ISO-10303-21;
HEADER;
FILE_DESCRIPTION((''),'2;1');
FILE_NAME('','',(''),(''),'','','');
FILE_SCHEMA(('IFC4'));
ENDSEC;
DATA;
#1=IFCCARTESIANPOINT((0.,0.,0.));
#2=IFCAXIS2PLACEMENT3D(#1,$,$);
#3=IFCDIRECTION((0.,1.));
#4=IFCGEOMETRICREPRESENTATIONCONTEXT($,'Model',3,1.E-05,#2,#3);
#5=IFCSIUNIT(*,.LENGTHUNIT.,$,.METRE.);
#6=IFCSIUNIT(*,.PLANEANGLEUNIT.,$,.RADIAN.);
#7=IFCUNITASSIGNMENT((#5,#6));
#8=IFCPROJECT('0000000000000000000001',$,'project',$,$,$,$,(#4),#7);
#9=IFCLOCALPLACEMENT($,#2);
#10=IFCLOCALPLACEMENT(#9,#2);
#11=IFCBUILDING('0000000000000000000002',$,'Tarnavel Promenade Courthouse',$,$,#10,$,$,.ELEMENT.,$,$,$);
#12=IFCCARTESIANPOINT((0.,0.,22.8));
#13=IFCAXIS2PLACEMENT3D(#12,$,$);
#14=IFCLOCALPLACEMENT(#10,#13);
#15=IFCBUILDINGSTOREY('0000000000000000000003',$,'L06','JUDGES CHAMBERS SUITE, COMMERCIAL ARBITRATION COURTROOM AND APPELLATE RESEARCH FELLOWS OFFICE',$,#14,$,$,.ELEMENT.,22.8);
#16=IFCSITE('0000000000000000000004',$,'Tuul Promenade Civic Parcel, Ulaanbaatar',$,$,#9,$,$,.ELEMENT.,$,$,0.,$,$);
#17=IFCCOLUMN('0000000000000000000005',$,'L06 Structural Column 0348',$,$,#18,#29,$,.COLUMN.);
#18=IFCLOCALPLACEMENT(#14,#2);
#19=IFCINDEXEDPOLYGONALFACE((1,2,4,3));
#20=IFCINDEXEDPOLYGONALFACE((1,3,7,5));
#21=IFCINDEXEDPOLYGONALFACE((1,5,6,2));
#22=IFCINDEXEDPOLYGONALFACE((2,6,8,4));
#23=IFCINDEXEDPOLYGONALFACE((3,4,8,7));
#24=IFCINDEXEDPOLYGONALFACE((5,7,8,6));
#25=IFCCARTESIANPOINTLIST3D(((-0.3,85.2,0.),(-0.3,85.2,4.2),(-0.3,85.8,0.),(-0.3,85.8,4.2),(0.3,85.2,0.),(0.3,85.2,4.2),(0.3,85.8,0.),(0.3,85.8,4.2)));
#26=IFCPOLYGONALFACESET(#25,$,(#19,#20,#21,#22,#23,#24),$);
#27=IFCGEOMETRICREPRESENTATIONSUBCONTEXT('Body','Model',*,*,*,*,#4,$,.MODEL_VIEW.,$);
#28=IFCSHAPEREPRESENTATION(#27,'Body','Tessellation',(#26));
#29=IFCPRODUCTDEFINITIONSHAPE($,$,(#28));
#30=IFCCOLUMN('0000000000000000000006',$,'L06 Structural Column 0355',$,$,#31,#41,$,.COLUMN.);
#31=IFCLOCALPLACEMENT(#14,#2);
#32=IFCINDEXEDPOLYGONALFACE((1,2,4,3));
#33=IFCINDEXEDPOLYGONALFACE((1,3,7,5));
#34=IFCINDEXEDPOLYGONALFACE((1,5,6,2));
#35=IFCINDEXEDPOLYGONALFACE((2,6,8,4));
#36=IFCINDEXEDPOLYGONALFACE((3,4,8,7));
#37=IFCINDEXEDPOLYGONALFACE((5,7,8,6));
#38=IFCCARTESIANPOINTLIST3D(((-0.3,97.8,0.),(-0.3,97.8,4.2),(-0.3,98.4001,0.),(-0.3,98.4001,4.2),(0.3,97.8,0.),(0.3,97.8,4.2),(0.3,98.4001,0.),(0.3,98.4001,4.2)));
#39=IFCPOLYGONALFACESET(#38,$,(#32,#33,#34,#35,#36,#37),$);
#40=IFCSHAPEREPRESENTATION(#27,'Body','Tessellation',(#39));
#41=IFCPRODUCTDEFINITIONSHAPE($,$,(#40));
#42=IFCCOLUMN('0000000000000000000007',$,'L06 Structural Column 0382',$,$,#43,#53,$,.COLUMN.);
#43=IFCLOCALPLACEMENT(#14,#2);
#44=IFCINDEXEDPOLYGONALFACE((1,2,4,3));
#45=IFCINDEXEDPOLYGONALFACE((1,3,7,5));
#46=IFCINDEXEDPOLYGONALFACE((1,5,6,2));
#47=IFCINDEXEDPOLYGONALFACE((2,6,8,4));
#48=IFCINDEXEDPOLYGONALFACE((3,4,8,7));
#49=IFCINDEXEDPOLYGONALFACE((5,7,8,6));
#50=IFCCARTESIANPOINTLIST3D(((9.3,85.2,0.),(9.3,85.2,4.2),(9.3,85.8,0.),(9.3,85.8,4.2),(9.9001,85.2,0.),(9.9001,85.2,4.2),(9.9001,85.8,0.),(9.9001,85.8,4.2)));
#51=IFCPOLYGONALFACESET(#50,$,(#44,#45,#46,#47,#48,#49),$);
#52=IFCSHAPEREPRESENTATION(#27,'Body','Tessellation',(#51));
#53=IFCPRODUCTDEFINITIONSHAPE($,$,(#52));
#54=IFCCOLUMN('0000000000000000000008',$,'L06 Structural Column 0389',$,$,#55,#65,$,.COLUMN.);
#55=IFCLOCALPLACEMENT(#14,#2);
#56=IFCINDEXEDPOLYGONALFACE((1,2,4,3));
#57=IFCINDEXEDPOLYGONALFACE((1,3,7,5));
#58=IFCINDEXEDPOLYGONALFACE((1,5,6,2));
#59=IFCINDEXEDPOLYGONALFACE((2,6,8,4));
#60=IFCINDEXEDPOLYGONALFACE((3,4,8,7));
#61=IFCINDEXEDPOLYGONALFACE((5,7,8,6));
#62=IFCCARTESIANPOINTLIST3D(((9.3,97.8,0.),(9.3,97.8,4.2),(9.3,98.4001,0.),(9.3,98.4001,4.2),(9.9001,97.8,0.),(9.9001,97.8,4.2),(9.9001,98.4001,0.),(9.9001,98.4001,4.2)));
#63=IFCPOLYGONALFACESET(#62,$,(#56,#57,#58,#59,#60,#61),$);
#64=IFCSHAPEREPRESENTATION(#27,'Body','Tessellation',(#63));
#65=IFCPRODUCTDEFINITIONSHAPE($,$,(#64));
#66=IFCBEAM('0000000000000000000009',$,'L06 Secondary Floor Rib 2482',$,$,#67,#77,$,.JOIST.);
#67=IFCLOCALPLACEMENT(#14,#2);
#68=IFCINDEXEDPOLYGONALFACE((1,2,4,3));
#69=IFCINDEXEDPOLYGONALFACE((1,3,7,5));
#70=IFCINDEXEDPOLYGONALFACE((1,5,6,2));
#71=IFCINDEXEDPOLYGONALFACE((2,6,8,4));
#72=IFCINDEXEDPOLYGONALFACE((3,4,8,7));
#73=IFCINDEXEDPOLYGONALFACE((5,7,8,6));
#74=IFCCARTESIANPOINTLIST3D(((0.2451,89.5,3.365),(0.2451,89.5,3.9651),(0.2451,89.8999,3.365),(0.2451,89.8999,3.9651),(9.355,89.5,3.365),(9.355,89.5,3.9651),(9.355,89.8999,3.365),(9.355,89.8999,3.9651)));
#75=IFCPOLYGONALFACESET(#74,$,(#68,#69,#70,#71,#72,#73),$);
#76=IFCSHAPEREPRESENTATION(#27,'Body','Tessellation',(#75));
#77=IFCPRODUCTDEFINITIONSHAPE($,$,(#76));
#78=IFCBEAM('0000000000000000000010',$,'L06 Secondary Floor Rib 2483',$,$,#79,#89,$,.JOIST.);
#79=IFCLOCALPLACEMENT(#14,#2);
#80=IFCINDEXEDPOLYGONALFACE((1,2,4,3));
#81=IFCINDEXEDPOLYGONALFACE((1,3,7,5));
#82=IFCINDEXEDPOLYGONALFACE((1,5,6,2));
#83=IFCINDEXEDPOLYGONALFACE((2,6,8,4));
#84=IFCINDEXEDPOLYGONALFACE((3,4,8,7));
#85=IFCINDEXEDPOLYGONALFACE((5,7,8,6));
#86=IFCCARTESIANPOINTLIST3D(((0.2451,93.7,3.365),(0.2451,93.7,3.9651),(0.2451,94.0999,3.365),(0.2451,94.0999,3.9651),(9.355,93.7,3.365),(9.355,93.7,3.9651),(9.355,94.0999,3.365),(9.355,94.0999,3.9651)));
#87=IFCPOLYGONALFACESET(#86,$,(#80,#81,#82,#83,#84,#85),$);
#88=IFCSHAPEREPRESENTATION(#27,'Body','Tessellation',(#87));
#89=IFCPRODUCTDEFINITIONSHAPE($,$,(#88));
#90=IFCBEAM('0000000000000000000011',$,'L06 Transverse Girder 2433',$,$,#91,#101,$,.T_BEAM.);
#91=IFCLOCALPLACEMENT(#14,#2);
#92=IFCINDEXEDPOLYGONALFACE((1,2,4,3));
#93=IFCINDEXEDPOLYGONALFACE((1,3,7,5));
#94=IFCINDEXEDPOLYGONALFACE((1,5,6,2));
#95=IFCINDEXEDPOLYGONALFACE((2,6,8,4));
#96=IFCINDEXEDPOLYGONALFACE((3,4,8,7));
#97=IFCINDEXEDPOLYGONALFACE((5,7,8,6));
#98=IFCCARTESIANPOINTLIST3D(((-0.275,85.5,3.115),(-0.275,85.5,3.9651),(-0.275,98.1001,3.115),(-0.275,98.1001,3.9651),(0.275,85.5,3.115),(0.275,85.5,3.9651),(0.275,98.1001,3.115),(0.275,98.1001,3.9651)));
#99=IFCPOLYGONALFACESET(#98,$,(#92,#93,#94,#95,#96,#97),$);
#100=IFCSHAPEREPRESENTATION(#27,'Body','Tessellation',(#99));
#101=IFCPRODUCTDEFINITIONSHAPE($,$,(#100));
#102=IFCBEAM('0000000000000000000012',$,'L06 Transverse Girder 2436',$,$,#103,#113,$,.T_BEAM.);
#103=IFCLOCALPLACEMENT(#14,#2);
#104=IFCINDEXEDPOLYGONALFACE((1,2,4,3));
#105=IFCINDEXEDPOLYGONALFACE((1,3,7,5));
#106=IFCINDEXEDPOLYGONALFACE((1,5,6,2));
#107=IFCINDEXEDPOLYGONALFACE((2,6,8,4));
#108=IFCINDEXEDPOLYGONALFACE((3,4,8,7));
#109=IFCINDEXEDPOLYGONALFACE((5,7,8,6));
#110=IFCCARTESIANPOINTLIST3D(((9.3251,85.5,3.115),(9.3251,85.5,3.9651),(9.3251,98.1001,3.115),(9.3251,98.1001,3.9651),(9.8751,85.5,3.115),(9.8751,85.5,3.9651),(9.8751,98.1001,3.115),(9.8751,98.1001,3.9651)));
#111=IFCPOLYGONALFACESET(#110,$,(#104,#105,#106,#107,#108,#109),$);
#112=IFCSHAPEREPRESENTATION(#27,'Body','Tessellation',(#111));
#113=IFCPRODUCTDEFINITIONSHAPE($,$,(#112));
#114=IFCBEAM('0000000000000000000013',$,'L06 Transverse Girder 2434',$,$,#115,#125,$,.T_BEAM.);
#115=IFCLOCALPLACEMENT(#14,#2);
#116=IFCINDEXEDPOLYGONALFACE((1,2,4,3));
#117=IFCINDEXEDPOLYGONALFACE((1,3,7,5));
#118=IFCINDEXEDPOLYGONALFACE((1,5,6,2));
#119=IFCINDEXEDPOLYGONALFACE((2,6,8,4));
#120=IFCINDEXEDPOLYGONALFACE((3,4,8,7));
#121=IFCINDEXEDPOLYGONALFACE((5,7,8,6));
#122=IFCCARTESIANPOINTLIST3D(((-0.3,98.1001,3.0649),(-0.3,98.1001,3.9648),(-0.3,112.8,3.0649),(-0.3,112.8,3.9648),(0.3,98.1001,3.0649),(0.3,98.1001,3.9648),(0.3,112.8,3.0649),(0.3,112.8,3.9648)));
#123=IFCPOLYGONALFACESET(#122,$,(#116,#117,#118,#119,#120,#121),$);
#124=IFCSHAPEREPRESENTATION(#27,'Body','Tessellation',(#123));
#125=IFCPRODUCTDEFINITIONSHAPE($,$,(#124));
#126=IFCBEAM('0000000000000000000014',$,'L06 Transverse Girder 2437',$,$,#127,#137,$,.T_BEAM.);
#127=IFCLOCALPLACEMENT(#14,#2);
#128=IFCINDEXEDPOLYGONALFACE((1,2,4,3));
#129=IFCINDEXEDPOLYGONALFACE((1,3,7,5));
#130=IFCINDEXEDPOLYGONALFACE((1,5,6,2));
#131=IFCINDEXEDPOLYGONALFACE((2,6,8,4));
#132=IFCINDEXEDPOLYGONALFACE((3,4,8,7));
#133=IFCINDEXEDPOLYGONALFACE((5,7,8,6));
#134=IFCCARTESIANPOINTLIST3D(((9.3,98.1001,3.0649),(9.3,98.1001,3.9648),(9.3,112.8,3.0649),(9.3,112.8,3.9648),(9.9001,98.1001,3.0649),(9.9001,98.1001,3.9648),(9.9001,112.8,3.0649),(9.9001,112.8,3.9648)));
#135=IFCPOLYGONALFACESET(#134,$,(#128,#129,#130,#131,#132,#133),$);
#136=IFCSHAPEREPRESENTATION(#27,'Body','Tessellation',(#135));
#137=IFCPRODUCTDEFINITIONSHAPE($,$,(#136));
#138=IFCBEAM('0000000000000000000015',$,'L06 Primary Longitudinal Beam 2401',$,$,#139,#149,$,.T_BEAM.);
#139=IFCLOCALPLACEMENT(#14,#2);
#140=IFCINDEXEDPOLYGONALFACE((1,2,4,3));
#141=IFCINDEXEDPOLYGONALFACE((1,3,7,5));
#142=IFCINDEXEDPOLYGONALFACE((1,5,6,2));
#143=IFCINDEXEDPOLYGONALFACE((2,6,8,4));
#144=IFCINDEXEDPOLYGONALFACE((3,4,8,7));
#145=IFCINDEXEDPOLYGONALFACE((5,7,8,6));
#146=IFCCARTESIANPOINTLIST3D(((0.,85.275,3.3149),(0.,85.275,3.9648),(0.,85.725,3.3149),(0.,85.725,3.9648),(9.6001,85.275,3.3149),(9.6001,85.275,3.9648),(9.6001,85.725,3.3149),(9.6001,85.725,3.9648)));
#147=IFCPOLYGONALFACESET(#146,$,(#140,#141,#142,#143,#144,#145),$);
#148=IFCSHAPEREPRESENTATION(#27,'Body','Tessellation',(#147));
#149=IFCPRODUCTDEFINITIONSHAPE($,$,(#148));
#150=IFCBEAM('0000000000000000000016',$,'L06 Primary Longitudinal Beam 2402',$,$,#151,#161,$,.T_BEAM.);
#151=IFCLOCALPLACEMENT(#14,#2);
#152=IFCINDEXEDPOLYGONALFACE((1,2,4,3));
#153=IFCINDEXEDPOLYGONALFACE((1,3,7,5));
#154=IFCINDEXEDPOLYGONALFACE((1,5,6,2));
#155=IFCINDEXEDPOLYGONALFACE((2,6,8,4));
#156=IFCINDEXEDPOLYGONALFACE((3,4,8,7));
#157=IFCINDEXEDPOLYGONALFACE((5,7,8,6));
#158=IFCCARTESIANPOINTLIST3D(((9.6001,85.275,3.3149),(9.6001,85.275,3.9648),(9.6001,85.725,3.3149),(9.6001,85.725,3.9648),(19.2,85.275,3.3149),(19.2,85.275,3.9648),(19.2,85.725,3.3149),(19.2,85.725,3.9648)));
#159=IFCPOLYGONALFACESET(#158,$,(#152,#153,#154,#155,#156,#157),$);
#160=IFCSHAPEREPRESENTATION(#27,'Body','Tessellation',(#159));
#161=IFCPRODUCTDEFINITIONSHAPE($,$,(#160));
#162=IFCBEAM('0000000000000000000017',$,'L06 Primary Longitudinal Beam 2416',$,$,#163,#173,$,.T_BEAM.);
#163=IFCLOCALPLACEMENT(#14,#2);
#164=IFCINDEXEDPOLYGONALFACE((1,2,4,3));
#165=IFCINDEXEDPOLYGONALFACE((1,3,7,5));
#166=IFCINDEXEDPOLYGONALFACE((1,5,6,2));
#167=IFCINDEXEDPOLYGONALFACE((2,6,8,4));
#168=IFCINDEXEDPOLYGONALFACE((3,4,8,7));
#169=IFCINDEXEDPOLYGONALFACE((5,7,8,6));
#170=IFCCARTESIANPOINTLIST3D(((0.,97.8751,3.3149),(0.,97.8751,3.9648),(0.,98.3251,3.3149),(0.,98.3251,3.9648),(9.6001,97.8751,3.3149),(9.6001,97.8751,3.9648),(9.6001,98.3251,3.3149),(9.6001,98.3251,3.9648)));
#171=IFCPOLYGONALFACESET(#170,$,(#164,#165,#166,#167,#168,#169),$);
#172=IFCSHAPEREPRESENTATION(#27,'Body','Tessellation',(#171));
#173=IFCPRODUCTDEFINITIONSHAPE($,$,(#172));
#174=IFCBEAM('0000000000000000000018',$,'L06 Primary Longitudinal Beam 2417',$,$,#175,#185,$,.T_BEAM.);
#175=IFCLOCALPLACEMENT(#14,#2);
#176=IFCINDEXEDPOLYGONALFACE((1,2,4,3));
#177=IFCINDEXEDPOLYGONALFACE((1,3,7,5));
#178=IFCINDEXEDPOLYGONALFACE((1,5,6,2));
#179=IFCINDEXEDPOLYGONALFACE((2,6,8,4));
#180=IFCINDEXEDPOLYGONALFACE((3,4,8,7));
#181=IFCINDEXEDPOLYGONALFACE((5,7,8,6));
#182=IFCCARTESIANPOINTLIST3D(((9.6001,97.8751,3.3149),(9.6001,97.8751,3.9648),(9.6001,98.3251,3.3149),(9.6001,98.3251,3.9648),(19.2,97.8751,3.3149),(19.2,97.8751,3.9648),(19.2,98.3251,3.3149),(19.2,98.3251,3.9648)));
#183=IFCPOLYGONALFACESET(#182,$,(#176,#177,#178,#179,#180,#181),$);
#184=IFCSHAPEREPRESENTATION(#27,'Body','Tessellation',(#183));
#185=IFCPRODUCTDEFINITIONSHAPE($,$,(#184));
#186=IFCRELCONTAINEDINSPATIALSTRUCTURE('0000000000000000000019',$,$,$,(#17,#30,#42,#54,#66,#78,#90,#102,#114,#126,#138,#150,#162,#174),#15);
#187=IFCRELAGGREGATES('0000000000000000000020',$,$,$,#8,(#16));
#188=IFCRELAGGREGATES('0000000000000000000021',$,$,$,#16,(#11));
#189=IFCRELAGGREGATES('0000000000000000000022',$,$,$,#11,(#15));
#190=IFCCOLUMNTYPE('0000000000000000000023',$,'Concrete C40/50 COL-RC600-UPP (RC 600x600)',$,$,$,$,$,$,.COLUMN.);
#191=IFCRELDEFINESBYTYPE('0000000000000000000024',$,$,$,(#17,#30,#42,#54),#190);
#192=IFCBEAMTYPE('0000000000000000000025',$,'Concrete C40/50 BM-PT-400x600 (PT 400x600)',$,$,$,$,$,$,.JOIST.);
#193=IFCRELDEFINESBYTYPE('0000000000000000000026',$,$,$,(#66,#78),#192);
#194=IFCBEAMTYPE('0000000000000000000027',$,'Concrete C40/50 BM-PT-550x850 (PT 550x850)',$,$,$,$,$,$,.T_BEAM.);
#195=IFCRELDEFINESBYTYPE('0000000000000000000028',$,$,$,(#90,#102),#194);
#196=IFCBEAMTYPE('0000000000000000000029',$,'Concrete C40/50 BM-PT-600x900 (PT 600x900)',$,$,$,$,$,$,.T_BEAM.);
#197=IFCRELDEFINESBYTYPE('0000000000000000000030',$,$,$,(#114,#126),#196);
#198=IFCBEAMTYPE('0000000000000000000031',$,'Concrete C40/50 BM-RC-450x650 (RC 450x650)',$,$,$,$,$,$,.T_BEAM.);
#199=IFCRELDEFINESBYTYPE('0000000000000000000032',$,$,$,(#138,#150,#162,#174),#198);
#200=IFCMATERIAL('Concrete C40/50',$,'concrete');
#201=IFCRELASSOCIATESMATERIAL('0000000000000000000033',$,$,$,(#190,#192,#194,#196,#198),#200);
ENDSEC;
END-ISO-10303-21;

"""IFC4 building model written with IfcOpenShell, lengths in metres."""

from ifc_helpers import new_model, si_unit, direction, frame, origin, origin_2d, place, context, subcontext, project, spatial, rectangle, extrude, material, material_profile, profile_set, type_object, element, save


model = new_model("IFC4")

# Units and contexts
model_context = context("Model", 3, precision=1e-05, world=origin(), true_north=direction((0.0, 1.0)))
body_context = subcontext(model_context, "Body", "Model", "MODEL_VIEW")
ifc_project = project(units=[si_unit("LENGTHUNIT", "METRE"), si_unit("PLANEANGLEUNIT", "RADIAN")], contexts=[model_context])

# Site, building, storey
site_placement = place(None, origin())
site = spatial("IfcSite", under=ifc_project, at=site_placement, Name="Tuul Promenade Civic Parcel, Ulaanbaatar", CompositionType="ELEMENT", RefElevation=0.0)
building_placement = place(site_placement, origin())
building = spatial("IfcBuilding", under=site, at=building_placement, Name="Tarnavel Promenade Courthouse", CompositionType="ELEMENT")
storey_placement = place(building_placement, frame((0.0, 0.0, 22.8)))
storey = spatial("IfcBuildingStorey", under=building, at=storey_placement, Name="L06", Description="JUDGES CHAMBERS SUITE, COMMERCIAL ARBITRATION COURTROOM AND APPELLATE RESEARCH FELLOWS OFFICE", CompositionType="ELEMENT", Elevation=22.8)

# Columns
ifc_material_1 = material(Name="Concrete C40/50", Category="concrete")
ifc_material_profile_1 = material_profile(ifc_material_1, rectangle(XDim=0.6001, YDim=0.6001, at=origin_2d()), Name="RC 600x600")
ifc_profile_set_1 = profile_set([ifc_material_profile_1], Name="Concrete C40/50")
column_type = type_object("IfcColumnType", Name="Concrete C40/50 COL-RC600-UPP (RC 600x600)", PredefinedType="COLUMN", material=ifc_profile_set_1)
for number, where, z_axis, x_axis, name in (
    (1, (0.0, 85.5, 0.0), (0.0, 0.0, 1.0), (1.0, 0.0, 0.0), "L06 Structural Column 0348"),
    (2, (0.0, 98.1001, 0.0), (0.0, 0.0, 1.0), (1.0, 0.0, 0.0), "L06 Structural Column 0355"),
    (3, (9.6001, 85.5, 0.0), (0.0, 0.0, 1.0), (1.0, 0.0, 0.0), "L06 Structural Column 0382"),
    (4, (9.6001, 98.1001, 0.0), (0.0, 0.0, 1.0), (1.0, 0.0, 0.0), "L06 Structural Column 0389"),
):
    element("IfcColumn", number, at=place(storey_placement, frame(where, z_axis=z_axis, x_axis=x_axis)), inside=storey, type_object=column_type, Name=name, PredefinedType="COLUMN", context=body_context, shape_type="SweptSolid", body=[
        extrude(rectangle(XDim=0.6001, YDim=0.6001, at=origin_2d()), origin(), (0.0, 0.0, 1.0), 4.2),
    ])

# Beams
ifc_material_profile_2 = material_profile(ifc_material_1, rectangle(XDim=0.3999, YDim=0.6001, at=origin_2d()), Name="PT 400x600")
ifc_profile_set_2 = profile_set([ifc_material_profile_2], Name="Concrete C40/50")
beam_type_1 = type_object("IfcBeamType", Name="Concrete C40/50 BM-PT-400x600 (PT 400x600)", PredefinedType="JOIST", material=ifc_profile_set_2)
for number, where, z_axis, x_axis, name in (
    (5, (0.2451, 89.7, 3.665), (1.0, 0.0, 0.0), (0.0, 1.0, 0.0), "L06 Secondary Floor Rib 2482"),
    (6, (0.2451, 93.8999, 3.665), (1.0, 0.0, 0.0), (0.0, 1.0, 0.0), "L06 Secondary Floor Rib 2483"),
):
    element("IfcBeam", number, at=place(storey_placement, frame(where, z_axis=z_axis, x_axis=x_axis)), inside=storey, type_object=beam_type_1, Name=name, PredefinedType="JOIST", context=body_context, shape_type="SweptSolid", body=[
        extrude(rectangle(XDim=0.3999, YDim=0.6001, at=origin_2d()), origin(), (0.0, 0.0, 1.0), 9.1099),
    ])
ifc_material_profile_3 = material_profile(ifc_material_1, rectangle(XDim=0.55, YDim=0.8501, at=origin_2d()), Name="PT 550x850")
ifc_profile_set_3 = profile_set([ifc_material_profile_3], Name="Concrete C40/50")
beam_type_2 = type_object("IfcBeamType", Name="Concrete C40/50 BM-PT-550x850 (PT 550x850)", PredefinedType="T_BEAM", material=ifc_profile_set_3)
for number, where, z_axis, x_axis, name in (
    (7, (0.0, 85.5, 3.54), (0.0, 1.0, 0.0), (-1.0, 0.0, 0.0), "L06 Transverse Girder 2433"),
    (8, (9.6001, 85.5, 3.54), (0.0, 1.0, 0.0), (-1.0, 0.0, 0.0), "L06 Transverse Girder 2436"),
):
    element("IfcBeam", number, at=place(storey_placement, frame(where, z_axis=z_axis, x_axis=x_axis)), inside=storey, type_object=beam_type_2, Name=name, PredefinedType="T_BEAM", context=body_context, shape_type="SweptSolid", body=[
        extrude(rectangle(XDim=0.55, YDim=0.8501, at=origin_2d()), origin(), (0.0, 0.0, 1.0), 12.6001),
    ])
ifc_material_profile_4 = material_profile(ifc_material_1, rectangle(XDim=0.6001, YDim=0.8999, at=origin_2d()), Name="PT 600x900")
ifc_profile_set_4 = profile_set([ifc_material_profile_4], Name="Concrete C40/50")
beam_type_3 = type_object("IfcBeamType", Name="Concrete C40/50 BM-PT-600x900 (PT 600x900)", PredefinedType="T_BEAM", material=ifc_profile_set_4)
for number, where, z_axis, x_axis, name in (
    (9, (0.0, 98.1001, 3.5149), (0.0, 1.0, 0.0), (-1.0, 0.0, 0.0), "L06 Transverse Girder 2434"),
    (10, (9.6001, 98.1001, 3.5149), (0.0, 1.0, 0.0), (-1.0, 0.0, 0.0), "L06 Transverse Girder 2437"),
):
    element("IfcBeam", number, at=place(storey_placement, frame(where, z_axis=z_axis, x_axis=x_axis)), inside=storey, type_object=beam_type_3, Name=name, PredefinedType="T_BEAM", context=body_context, shape_type="SweptSolid", body=[
        extrude(rectangle(XDim=0.6001, YDim=0.8999, at=origin_2d()), origin(), (0.0, 0.0, 1.0), 14.7),
    ])
ifc_material_profile_5 = material_profile(ifc_material_1, rectangle(XDim=0.45, YDim=0.6499, at=origin_2d()), Name="RC 450x650")
ifc_profile_set_5 = profile_set([ifc_material_profile_5], Name="Concrete C40/50")
beam_type_4 = type_object("IfcBeamType", Name="Concrete C40/50 BM-RC-450x650 (RC 450x650)", PredefinedType="T_BEAM", material=ifc_profile_set_5)
beam_1_placement = place(storey_placement, frame((0.0, 85.5, 3.6399), z_axis=(1.0, 0.0, 0.0), x_axis=(0.0, 1.0, 0.0)))
element("IfcBeam", 11, at=beam_1_placement, inside=storey, type_object=beam_type_4, Name="L06 Primary Longitudinal Beam 2401", PredefinedType="T_BEAM", context=body_context, shape_type="SweptSolid", body=[
    extrude(rectangle(XDim=0.45, YDim=0.6499, at=origin_2d()), origin(), (0.0, 0.0, 1.0), 9.6001),
])
beam_2_placement = place(storey_placement, frame((9.6001, 85.5, 3.6399), z_axis=(1.0, 0.0, 0.0), x_axis=(0.0, 1.0, 0.0)))
element("IfcBeam", 12, at=beam_2_placement, inside=storey, type_object=beam_type_4, Name="L06 Primary Longitudinal Beam 2402", PredefinedType="T_BEAM", context=body_context, shape_type="SweptSolid", body=[
    extrude(rectangle(XDim=0.45, YDim=0.6499, at=origin_2d()), origin(), (0.0, 0.0, 1.0), 9.5999),
])
beam_3_placement = place(storey_placement, frame((0.0, 98.1001, 3.6399), z_axis=(1.0, 0.0, 0.0), x_axis=(0.0, 1.0, 0.0)))
element("IfcBeam", 13, at=beam_3_placement, inside=storey, type_object=beam_type_4, Name="L06 Primary Longitudinal Beam 2416", PredefinedType="T_BEAM", context=body_context, shape_type="SweptSolid", body=[
    extrude(rectangle(XDim=0.45, YDim=0.6499, at=origin_2d()), origin(), (0.0, 0.0, 1.0), 9.6001),
])
beam_4_placement = place(storey_placement, frame((9.6001, 98.1001, 3.6399), z_axis=(1.0, 0.0, 0.0), x_axis=(0.0, 1.0, 0.0)))
element("IfcBeam", 14, at=beam_4_placement, inside=storey, type_object=beam_type_4, Name="L06 Primary Longitudinal Beam 2417", PredefinedType="T_BEAM", context=body_context, shape_type="SweptSolid", body=[
    extrude(rectangle(XDim=0.45, YDim=0.6499, at=origin_2d()), origin(), (0.0, 0.0, 1.0), 9.5999),
])

save(model, "model.ifc")
